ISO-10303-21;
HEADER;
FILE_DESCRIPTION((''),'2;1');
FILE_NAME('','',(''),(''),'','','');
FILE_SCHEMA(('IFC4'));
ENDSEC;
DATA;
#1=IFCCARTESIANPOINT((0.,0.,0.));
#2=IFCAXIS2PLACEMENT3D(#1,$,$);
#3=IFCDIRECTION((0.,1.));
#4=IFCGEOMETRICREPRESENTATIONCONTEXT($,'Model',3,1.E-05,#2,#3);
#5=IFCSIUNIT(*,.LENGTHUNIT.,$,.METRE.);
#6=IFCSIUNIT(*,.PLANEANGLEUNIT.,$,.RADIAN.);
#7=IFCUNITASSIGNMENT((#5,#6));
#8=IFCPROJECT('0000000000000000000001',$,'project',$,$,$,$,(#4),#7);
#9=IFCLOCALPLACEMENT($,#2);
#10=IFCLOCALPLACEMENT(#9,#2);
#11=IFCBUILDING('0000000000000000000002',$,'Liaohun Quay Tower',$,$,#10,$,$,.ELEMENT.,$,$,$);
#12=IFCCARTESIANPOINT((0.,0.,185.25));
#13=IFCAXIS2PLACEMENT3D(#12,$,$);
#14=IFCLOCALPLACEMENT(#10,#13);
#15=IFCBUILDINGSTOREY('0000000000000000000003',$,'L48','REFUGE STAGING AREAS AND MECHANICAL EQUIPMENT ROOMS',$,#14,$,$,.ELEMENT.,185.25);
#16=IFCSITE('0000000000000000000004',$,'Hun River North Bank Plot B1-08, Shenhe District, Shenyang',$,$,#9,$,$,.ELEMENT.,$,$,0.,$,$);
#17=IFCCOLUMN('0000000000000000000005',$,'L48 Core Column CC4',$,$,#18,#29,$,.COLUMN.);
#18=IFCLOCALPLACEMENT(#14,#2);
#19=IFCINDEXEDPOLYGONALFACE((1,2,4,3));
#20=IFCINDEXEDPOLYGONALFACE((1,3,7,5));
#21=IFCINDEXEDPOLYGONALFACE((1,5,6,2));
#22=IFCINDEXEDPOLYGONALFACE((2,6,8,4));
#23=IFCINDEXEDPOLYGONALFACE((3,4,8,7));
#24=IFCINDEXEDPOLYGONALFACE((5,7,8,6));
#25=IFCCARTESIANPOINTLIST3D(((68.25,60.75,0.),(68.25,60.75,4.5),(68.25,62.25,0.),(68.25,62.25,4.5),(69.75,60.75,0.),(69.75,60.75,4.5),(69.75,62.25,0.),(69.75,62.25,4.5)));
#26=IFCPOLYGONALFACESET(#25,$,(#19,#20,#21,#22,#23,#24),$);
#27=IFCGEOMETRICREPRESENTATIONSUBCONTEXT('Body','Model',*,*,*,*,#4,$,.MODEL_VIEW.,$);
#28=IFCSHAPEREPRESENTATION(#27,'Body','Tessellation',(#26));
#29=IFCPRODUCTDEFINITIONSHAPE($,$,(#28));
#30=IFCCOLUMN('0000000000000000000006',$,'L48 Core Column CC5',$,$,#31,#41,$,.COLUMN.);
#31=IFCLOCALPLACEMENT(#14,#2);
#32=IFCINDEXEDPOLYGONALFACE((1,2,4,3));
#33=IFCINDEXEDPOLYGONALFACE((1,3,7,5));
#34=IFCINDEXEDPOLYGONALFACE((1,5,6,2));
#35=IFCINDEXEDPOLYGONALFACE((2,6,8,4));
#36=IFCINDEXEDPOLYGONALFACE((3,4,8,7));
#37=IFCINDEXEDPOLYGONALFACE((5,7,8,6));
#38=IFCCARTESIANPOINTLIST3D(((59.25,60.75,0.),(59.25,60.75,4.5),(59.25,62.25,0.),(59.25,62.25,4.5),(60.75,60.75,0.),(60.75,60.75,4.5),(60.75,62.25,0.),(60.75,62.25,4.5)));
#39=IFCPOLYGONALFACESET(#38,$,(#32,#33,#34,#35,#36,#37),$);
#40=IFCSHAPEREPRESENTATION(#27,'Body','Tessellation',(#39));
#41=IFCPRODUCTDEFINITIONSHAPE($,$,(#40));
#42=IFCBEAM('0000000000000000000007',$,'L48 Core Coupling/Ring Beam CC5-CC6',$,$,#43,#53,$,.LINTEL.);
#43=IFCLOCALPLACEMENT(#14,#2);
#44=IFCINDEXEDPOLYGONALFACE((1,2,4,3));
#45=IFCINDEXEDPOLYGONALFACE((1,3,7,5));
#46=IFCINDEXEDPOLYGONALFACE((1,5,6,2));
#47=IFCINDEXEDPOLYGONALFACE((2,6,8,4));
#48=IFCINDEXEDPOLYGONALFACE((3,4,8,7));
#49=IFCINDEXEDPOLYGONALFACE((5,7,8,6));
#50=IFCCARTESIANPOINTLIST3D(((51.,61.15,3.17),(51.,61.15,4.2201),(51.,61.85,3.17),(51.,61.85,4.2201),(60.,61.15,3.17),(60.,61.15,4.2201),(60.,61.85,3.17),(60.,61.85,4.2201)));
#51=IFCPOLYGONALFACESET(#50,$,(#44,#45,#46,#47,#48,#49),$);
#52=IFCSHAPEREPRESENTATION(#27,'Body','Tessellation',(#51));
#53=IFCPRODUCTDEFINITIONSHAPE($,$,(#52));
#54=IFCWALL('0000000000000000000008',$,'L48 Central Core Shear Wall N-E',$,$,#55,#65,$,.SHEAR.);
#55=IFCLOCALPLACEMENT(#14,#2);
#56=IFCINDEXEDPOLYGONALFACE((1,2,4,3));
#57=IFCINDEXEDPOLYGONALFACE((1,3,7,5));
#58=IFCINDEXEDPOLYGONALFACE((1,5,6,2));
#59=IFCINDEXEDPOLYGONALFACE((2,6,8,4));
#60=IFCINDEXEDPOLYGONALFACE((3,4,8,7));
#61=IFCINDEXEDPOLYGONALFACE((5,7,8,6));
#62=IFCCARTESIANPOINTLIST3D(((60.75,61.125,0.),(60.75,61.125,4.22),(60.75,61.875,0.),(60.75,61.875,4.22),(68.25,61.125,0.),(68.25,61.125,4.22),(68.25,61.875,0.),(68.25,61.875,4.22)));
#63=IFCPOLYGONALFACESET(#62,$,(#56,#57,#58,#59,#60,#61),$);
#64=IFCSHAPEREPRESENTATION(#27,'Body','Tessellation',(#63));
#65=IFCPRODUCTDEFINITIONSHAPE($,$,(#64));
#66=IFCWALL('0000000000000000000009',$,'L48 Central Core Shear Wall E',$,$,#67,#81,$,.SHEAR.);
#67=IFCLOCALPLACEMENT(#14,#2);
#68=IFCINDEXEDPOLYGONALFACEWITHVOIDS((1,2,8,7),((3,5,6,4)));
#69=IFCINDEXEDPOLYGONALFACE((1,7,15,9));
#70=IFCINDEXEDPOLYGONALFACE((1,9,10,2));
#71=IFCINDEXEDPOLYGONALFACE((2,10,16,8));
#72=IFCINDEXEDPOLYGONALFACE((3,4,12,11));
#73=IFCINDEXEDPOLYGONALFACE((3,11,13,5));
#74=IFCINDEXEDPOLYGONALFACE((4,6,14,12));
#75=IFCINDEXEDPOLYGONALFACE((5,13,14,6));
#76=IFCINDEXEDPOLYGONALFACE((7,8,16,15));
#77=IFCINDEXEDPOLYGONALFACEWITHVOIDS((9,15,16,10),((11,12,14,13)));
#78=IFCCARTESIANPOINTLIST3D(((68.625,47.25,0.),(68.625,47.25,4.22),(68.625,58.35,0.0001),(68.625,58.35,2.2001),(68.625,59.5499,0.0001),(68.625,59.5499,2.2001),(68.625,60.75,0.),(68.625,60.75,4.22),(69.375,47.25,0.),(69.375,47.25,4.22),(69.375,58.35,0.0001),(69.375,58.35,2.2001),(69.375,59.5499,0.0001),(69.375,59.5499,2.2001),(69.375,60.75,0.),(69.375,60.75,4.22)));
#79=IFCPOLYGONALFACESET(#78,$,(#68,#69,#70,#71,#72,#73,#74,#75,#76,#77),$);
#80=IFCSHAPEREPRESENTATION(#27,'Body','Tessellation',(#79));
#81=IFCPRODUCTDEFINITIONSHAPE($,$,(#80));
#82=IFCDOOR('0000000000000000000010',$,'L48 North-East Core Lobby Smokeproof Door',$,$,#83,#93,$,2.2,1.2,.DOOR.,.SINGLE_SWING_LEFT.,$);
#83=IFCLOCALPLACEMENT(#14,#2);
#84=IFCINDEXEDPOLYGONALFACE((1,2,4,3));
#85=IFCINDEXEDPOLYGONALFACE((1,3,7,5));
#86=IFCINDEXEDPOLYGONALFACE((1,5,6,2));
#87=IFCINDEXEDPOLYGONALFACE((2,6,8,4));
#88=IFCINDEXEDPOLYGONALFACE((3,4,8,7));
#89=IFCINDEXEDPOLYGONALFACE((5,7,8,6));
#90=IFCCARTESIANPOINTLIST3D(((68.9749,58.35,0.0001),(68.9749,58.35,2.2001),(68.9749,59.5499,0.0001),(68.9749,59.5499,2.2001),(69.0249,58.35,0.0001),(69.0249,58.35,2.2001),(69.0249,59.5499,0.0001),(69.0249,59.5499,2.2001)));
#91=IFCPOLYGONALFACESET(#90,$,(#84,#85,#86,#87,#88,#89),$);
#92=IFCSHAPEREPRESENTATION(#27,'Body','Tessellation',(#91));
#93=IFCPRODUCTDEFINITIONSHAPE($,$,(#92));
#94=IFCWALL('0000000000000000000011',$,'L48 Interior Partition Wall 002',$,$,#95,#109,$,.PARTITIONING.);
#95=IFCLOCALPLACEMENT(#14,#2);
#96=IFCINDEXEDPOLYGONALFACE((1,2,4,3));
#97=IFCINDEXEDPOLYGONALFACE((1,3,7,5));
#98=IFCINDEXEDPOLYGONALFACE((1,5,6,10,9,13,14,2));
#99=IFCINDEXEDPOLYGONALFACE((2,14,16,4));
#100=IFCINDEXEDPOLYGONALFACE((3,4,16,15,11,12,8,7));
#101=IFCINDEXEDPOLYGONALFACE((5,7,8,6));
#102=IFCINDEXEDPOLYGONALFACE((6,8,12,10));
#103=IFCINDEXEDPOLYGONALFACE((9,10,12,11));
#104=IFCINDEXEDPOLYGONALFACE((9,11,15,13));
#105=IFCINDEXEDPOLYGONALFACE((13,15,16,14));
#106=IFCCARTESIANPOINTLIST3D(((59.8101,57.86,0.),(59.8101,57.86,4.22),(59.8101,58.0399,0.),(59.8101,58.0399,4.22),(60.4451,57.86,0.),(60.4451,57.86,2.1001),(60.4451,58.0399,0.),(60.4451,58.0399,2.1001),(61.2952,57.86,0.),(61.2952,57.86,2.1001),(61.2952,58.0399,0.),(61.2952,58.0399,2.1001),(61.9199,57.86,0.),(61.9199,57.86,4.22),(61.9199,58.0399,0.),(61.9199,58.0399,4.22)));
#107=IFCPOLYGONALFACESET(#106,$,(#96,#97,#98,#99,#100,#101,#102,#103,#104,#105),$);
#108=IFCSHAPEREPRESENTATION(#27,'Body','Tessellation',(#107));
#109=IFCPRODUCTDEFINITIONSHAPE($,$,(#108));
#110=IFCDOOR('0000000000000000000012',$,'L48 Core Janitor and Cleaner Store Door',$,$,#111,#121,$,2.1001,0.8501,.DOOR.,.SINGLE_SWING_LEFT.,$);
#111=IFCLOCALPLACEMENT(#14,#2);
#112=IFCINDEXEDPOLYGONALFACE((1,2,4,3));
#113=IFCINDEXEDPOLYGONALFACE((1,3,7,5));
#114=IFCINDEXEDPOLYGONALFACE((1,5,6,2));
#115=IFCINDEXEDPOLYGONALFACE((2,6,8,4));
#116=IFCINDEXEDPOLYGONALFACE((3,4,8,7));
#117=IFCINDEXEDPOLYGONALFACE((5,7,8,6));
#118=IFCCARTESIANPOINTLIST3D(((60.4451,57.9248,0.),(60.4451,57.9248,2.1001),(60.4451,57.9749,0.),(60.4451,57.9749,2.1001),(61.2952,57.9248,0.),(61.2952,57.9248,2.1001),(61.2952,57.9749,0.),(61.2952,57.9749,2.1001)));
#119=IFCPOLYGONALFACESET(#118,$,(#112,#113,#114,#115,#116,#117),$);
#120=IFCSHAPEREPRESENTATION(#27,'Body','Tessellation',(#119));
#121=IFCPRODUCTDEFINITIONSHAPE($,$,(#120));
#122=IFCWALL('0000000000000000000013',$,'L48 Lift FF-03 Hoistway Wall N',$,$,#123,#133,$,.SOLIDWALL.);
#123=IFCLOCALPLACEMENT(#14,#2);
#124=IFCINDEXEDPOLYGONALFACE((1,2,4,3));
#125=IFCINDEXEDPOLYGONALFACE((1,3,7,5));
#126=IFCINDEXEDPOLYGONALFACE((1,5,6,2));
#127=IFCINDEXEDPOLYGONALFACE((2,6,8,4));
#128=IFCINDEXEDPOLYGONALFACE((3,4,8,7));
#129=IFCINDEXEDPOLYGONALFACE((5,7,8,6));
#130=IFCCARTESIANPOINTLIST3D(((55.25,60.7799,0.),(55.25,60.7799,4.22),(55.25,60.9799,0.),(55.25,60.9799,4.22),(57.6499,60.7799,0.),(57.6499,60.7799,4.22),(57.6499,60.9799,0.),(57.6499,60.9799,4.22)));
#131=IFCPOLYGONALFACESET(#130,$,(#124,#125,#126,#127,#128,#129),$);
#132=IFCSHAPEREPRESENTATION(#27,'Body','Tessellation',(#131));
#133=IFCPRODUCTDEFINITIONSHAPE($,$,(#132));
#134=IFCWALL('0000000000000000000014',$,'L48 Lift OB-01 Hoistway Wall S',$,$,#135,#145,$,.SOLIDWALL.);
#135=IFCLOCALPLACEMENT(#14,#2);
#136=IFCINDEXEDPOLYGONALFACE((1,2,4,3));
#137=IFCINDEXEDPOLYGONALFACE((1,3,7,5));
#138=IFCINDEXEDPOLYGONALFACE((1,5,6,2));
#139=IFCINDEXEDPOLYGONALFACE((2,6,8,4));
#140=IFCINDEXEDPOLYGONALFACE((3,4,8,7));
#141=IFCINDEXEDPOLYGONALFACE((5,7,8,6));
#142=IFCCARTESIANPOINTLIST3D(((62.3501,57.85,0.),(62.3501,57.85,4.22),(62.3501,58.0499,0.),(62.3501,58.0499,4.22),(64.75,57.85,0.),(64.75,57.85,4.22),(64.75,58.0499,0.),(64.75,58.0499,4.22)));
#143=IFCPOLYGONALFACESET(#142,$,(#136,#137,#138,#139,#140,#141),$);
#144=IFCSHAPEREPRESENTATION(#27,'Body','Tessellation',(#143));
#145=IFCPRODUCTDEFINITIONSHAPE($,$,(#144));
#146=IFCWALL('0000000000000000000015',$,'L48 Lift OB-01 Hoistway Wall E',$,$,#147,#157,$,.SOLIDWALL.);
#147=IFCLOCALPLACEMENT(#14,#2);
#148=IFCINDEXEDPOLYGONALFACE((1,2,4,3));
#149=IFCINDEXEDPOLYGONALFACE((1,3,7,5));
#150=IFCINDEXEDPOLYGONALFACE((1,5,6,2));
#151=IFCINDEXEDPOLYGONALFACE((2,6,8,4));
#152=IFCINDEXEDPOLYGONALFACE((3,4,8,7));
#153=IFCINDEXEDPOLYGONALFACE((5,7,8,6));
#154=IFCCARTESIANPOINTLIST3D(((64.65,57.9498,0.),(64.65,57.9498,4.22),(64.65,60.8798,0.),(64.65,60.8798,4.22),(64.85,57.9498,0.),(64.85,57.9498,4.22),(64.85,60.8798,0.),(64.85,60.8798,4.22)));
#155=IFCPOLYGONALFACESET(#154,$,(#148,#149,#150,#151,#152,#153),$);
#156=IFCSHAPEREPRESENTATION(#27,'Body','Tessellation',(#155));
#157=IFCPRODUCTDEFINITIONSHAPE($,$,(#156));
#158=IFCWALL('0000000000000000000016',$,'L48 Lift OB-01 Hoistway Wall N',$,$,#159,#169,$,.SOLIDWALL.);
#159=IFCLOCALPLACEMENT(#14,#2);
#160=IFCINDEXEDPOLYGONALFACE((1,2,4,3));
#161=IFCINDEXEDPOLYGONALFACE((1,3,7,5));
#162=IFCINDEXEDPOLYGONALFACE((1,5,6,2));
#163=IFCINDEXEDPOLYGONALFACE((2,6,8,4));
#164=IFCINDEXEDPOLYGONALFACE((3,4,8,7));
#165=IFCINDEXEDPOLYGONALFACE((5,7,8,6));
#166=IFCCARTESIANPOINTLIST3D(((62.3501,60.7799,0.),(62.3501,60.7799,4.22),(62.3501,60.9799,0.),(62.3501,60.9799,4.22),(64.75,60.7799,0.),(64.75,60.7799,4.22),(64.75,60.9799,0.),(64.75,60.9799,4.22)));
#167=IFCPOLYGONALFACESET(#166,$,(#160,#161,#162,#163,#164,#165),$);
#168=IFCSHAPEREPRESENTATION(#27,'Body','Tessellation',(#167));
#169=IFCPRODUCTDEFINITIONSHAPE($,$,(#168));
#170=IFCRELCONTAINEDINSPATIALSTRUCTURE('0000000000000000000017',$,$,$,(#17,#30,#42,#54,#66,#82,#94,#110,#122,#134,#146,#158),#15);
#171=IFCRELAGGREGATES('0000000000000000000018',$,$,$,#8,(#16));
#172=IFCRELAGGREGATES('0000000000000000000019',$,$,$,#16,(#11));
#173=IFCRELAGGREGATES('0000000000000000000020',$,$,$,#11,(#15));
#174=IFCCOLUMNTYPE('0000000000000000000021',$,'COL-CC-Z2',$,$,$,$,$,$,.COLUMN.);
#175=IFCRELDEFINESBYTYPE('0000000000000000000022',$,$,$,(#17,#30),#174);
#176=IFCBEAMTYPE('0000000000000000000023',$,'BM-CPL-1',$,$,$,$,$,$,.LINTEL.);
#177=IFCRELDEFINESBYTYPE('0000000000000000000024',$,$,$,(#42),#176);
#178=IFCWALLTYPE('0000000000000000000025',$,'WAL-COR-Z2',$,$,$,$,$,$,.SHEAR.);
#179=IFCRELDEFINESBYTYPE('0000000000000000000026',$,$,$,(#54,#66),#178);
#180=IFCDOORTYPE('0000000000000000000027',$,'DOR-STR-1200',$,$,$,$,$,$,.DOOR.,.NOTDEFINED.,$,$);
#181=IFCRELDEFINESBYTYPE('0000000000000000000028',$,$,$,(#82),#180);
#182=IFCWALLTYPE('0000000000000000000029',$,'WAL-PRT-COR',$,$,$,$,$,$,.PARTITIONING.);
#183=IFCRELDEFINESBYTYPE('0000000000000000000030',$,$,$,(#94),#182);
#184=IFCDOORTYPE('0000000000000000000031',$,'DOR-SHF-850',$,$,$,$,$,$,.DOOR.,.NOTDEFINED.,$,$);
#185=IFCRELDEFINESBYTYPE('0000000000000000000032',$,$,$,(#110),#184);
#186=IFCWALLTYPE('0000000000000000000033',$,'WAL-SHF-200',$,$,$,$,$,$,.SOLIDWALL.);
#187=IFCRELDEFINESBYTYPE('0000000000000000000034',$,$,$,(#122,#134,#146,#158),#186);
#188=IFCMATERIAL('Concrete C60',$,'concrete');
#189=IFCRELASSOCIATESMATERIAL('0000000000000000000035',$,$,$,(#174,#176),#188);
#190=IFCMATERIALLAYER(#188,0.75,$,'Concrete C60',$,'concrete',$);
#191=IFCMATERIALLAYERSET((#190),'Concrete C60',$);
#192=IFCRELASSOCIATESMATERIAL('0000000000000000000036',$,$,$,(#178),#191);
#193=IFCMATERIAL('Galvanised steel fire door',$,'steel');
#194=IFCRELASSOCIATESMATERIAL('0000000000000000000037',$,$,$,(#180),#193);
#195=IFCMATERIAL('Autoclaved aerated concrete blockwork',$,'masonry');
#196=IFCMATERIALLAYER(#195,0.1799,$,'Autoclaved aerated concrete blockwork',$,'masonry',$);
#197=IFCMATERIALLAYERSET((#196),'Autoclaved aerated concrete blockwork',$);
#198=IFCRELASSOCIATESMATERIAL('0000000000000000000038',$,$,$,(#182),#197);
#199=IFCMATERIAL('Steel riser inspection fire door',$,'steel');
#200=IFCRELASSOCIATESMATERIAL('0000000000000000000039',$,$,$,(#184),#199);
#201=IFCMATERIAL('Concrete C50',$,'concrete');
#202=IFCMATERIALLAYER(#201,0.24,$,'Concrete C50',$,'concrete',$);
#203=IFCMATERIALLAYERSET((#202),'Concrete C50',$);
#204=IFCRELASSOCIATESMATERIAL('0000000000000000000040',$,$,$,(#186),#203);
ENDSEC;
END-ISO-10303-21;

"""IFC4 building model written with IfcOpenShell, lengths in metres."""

from ifc_helpers import new_model, si_unit, direction, frame, frame_2d, origin, origin_2d, place, context, subcontext, project, spatial, rectangle, extrude, source, transform, mapped, material, layer, layer_set, material_profile, profile_set, type_object, element, fill, save


model = new_model("IFC4")

# Units and contexts
model_context = context("Model", 3, precision=1e-05, world=origin(), true_north=direction((0.0, 1.0)))
body_context = subcontext(model_context, "Body", "Model", "MODEL_VIEW")
ifc_project = project(units=[si_unit("LENGTHUNIT", "METRE"), si_unit("PLANEANGLEUNIT", "RADIAN")], contexts=[model_context])

# Site, building, storey
site_placement = place(None, origin())
site = spatial("IfcSite", under=ifc_project, at=site_placement, Name="Hun River North Bank Plot B1-08, Shenhe District, Shenyang", CompositionType="ELEMENT", RefElevation=0.0)
building_placement = place(site_placement, origin())
building = spatial("IfcBuilding", under=site, at=building_placement, Name="Liaohun Quay Tower", CompositionType="ELEMENT")
storey_placement = place(building_placement, frame((0.0, 0.0, 185.25)))
storey = spatial("IfcBuildingStorey", under=building, at=storey_placement, Name="L48", Description="REFUGE STAGING AREAS AND MECHANICAL EQUIPMENT ROOMS", CompositionType="ELEMENT", Elevation=185.25)

# Columns
ifc_material_1 = material(Name="Concrete C60", Category="concrete")
ifc_material_profile_1 = material_profile(ifc_material_1, rectangle(XDim=1.5, YDim=1.5, at=origin_2d()), Name="RC1500x1500")
ifc_profile_set_1 = profile_set([ifc_material_profile_1], Name="Concrete C60")
column_type = type_object("IfcColumnType", Name="COL-CC-Z2", PredefinedType="COLUMN", material=ifc_profile_set_1)
shared_shape_1 = source(origin(), body_context, "Body", "SweptSolid", [
    extrude(rectangle(XDim=1.5, YDim=1.5, at=origin_2d()), origin(), (0.0, 0.0, 1.0), 4.5),
])
for number, where, z_axis, x_axis, name in (
    (1, (69.0, 61.5, 0.0), (0.0, 0.0, 1.0), (1.0, 0.0, 0.0), "L48 Core Column CC4"),
    (2, (60.0, 61.5, 0.0), (0.0, 0.0, 1.0), (1.0, 0.0, 0.0), "L48 Core Column CC5"),
):
    element("IfcColumn", number, at=place(storey_placement, frame(where, z_axis=z_axis, x_axis=x_axis)), inside=storey, type_object=column_type, Name=name, PredefinedType="COLUMN", context=body_context, shape_type="MappedRepresentation", body=[
        mapped(shared_shape_1, transform((0.0, 0.0, 0.0), x_axis=(1.0, 0.0, 0.0), y_axis=(0.0, 1.0, 0.0), z_axis=(0.0, 0.0, 1.0), scale=1.0)),
    ])

# Beam
ifc_material_profile_2 = material_profile(ifc_material_1, rectangle(XDim=0.7, YDim=1.05, at=origin_2d()), Name="RC700x1050")
ifc_profile_set_2 = profile_set([ifc_material_profile_2], Name="Concrete C60")
beam_type = type_object("IfcBeamType", Name="BM-CPL-1", PredefinedType="LINTEL", material=ifc_profile_set_2)
shared_shape_2 = source(origin(), body_context, "Body", "SweptSolid", [
    extrude(rectangle(XDim=0.7, YDim=1.05, at=origin_2d()), origin(), (0.0, 0.0, 1.0), 9.0),
])
beam_placement = place(storey_placement, frame((60.0, 61.5, 3.6951), z_axis=(-1.0, 0.0, 0.0), x_axis=(0.0, -1.0, 0.0)))
element("IfcBeam", 3, at=beam_placement, inside=storey, type_object=beam_type, Name="L48 Core Coupling/Ring Beam CC5-CC6", PredefinedType="LINTEL", context=body_context, shape_type="MappedRepresentation", body=[
    mapped(shared_shape_2, transform((0.0, 0.0, 0.0), x_axis=(1.0, 0.0, 0.0), y_axis=(0.0, 1.0, 0.0), z_axis=(0.0, 0.0, 1.0), scale=1.0)),
])

# Wall
ifc_layer_1 = layer(ifc_material_1, 0.75, Name="Concrete C60", Category="concrete")
ifc_layer_set_1 = layer_set([ifc_layer_1], Name="Concrete C60")
wall_type_1 = type_object("IfcWallType", Name="WAL-COR-Z2", PredefinedType="SHEAR", material=ifc_layer_set_1)
wall_1_placement = place(storey_placement, frame((60.75, 61.5, 0.0), z_axis=(0.0, 0.0, 1.0), x_axis=(1.0, 0.0, 0.0)))
element("IfcWall", 4, at=wall_1_placement, inside=storey, type_object=wall_type_1, Name="L48 Central Core Shear Wall N-E", PredefinedType="SHEAR", context=body_context, shape_type="SweptSolid", body=[
    extrude(rectangle(XDim=7.5, YDim=0.75, at=frame_2d((3.75, 0.0))), origin(), (0.0, 0.0, 1.0), 4.22),
])

# Walls, openings, doors
wall_2_placement = place(storey_placement, frame((69.0, 60.75, 0.0), z_axis=(0.0, 0.0, 1.0), x_axis=(0.0, -1.0, 0.0)))
wall_2 = element("IfcWall", 5, at=wall_2_placement, inside=storey, type_object=wall_type_1, Name="L48 Central Core Shear Wall E", PredefinedType="SHEAR", context=body_context, shape_type="SweptSolid", body=[
    extrude(rectangle(XDim=13.5, YDim=0.75, at=frame_2d((6.75, 0.0))), origin(), (0.0, 0.0, 1.0), 4.22),
])
shared_shape_3 = source(origin(), body_context, "Body", "SweptSolid", [
    extrude(rectangle(XDim=1.2, YDim=2.2, at=frame_2d((0.6001, 1.1001))), frame((0.0, 0.385, 0.0), z_axis=(0.0, -1.0, 0.0), x_axis=(1.0, 0.0, 0.0)), (0.0, 0.0, 1.0), 0.77),
])
opening_1_placement = place(wall_2_placement, frame((1.2, 0.0, 0.0)))
opening_1 = element("IfcOpeningElement", 6, at=opening_1_placement, cuts=wall_2, PredefinedType="OPENING", context=body_context, shape_type="MappedRepresentation", body=[
    mapped(shared_shape_3, transform((0.0, 0.0, 0.0), x_axis=(1.0, 0.0, 0.0), y_axis=(0.0, 1.0, 0.0), z_axis=(0.0, 0.0, 1.0), scale=1.0)),
])
ifc_material_2 = material(Name="Galvanised steel fire door", Category="steel")
door_type_1 = type_object("IfcDoorType", Name="DOR-STR-1200", OperationType="NOTDEFINED", PredefinedType="DOOR", material=ifc_material_2)
shared_shape_4 = source(origin(), body_context, "Body", "SweptSolid", [
    extrude(rectangle(XDim=1.2, YDim=2.2, at=frame_2d((0.6001, 1.1001))), frame((0.0, 0.0249, 0.0), z_axis=(0.0, -1.0, 0.0), x_axis=(1.0, 0.0, 0.0)), (0.0, 0.0, 1.0), 0.05),
])
door_1_placement = place(opening_1_placement, origin())
door_1 = element("IfcDoor", 7, at=door_1_placement, inside=storey, type_object=door_type_1, Name="L48 North-East Core Lobby Smokeproof Door", OperationType="SINGLE_SWING_LEFT", OverallHeight=2.2, OverallWidth=1.2, PredefinedType="DOOR", context=body_context, shape_type="MappedRepresentation", body=[
    mapped(shared_shape_4, transform((0.0, 0.0, 0.0), x_axis=(1.0, 0.0, 0.0), y_axis=(0.0, 1.0, 0.0), z_axis=(0.0, 0.0, 1.0), scale=1.0)),
])
fill(opening_1, door_1)
ifc_material_3 = material(Name="Autoclaved aerated concrete blockwork", Category="masonry")
ifc_layer_2 = layer(ifc_material_3, 0.1799, Name="Autoclaved aerated concrete blockwork", Category="masonry")
ifc_layer_set_2 = layer_set([ifc_layer_2], Name="Autoclaved aerated concrete blockwork")
wall_type_2 = type_object("IfcWallType", Name="WAL-PRT-COR", PredefinedType="PARTITIONING", material=ifc_layer_set_2)
wall_3_placement = place(storey_placement, frame((59.8101, 57.95, 0.0), z_axis=(0.0, 0.0, 1.0), x_axis=(1.0, 0.0, 0.0)))
wall_3 = element("IfcWall", 8, at=wall_3_placement, inside=storey, type_object=wall_type_2, Name="L48 Interior Partition Wall 002", PredefinedType="PARTITIONING", context=body_context, shape_type="SweptSolid", body=[
    extrude(rectangle(XDim=2.1099, YDim=0.1799, at=frame_2d((1.0549, 0.0))), origin(), (0.0, 0.0, 1.0), 4.22),
])
shared_shape_5 = source(origin(), body_context, "Body", "SweptSolid", [
    extrude(rectangle(XDim=0.8501, YDim=2.1001, at=frame_2d((0.425, 1.05))), frame((0.0, 0.0999, 0.0), z_axis=(0.0, -1.0, 0.0), x_axis=(1.0, 0.0, 0.0)), (0.0, 0.0, 1.0), 0.2),
])
opening_2_placement = place(wall_3_placement, frame((0.635, 0.0, 0.0)))
opening_2 = element("IfcOpeningElement", 9, at=opening_2_placement, cuts=wall_3, PredefinedType="OPENING", context=body_context, shape_type="MappedRepresentation", body=[
    mapped(shared_shape_5, transform((0.0, 0.0, 0.0), x_axis=(1.0, 0.0, 0.0), y_axis=(0.0, 1.0, 0.0), z_axis=(0.0, 0.0, 1.0), scale=1.0)),
])
ifc_material_4 = material(Name="Steel riser inspection fire door", Category="steel")
door_type_2 = type_object("IfcDoorType", Name="DOR-SHF-850", OperationType="NOTDEFINED", PredefinedType="DOOR", material=ifc_material_4)
shared_shape_6 = source(origin(), body_context, "Body", "SweptSolid", [
    extrude(rectangle(XDim=0.8501, YDim=2.1001, at=frame_2d((0.425, 1.05))), frame((0.0, 0.0249, 0.0), z_axis=(0.0, -1.0, 0.0), x_axis=(1.0, 0.0, 0.0)), (0.0, 0.0, 1.0), 0.05),
])
door_2_placement = place(opening_2_placement, origin())
door_2 = element("IfcDoor", 10, at=door_2_placement, inside=storey, type_object=door_type_2, Name="L48 Core Janitor and Cleaner Store Door", OperationType="SINGLE_SWING_LEFT", OverallHeight=2.1001, OverallWidth=0.8501, PredefinedType="DOOR", context=body_context, shape_type="MappedRepresentation", body=[
    mapped(shared_shape_6, transform((0.0, 0.0, 0.0), x_axis=(1.0, 0.0, 0.0), y_axis=(0.0, 1.0, 0.0), z_axis=(0.0, 0.0, 1.0), scale=1.0)),
])
fill(opening_2, door_2)

# Walls
ifc_material_5 = material(Name="Concrete C50", Category="concrete")
ifc_layer_3 = layer(ifc_material_5, 0.24, Name="Concrete C50", Category="concrete")
ifc_layer_set_3 = layer_set([ifc_layer_3], Name="Concrete C50")
wall_type_3 = type_object("IfcWallType", Name="WAL-SHF-200", PredefinedType="SOLIDWALL", material=ifc_layer_set_3)
for number, where, z_axis, x_axis, name in (
    (11, (57.6499, 60.8799, 0.0), (0.0, 0.0, 1.0), (-1.0, 0.0, 0.0), "L48 Lift FF-03 Hoistway Wall N"),
    (12, (62.3501, 57.95, 0.0), (0.0, 0.0, 1.0), (1.0, 0.0, 0.0), "L48 Lift OB-01 Hoistway Wall S"),
):
    element("IfcWall", number, at=place(storey_placement, frame(where, z_axis=z_axis, x_axis=x_axis)), inside=storey, type_object=wall_type_3, Name=name, PredefinedType="SOLIDWALL", context=body_context, shape_type="SweptSolid", body=[
        extrude(rectangle(XDim=2.3999, YDim=0.2, at=frame_2d((1.2, 0.0))), origin(), (0.0, 0.0, 1.0), 4.22),
    ])
wall_4_placement = place(storey_placement, frame((64.75, 57.95, 0.0), z_axis=(0.0, 0.0, 1.0), x_axis=(0.0, 1.0, 0.0)))
element("IfcWall", 13, at=wall_4_placement, inside=storey, type_object=wall_type_3, Name="L48 Lift OB-01 Hoistway Wall E", PredefinedType="SOLIDWALL", context=body_context, shape_type="SweptSolid", body=[
    extrude(rectangle(XDim=2.9299, YDim=0.2, at=frame_2d((1.4648, 0.0))), origin(), (0.0, 0.0, 1.0), 4.22),
])
wall_5_placement = place(storey_placement, frame((64.75, 60.8799, 0.0), z_axis=(0.0, 0.0, 1.0), x_axis=(-1.0, 0.0, 0.0)))
element("IfcWall", 14, at=wall_5_placement, inside=storey, type_object=wall_type_3, Name="L48 Lift OB-01 Hoistway Wall N", PredefinedType="SOLIDWALL", context=body_context, shape_type="SweptSolid", body=[
    extrude(rectangle(XDim=2.3999, YDim=0.2, at=frame_2d((1.2, 0.0))), origin(), (0.0, 0.0, 1.0), 4.22),
])

save(model, "model.ifc")
